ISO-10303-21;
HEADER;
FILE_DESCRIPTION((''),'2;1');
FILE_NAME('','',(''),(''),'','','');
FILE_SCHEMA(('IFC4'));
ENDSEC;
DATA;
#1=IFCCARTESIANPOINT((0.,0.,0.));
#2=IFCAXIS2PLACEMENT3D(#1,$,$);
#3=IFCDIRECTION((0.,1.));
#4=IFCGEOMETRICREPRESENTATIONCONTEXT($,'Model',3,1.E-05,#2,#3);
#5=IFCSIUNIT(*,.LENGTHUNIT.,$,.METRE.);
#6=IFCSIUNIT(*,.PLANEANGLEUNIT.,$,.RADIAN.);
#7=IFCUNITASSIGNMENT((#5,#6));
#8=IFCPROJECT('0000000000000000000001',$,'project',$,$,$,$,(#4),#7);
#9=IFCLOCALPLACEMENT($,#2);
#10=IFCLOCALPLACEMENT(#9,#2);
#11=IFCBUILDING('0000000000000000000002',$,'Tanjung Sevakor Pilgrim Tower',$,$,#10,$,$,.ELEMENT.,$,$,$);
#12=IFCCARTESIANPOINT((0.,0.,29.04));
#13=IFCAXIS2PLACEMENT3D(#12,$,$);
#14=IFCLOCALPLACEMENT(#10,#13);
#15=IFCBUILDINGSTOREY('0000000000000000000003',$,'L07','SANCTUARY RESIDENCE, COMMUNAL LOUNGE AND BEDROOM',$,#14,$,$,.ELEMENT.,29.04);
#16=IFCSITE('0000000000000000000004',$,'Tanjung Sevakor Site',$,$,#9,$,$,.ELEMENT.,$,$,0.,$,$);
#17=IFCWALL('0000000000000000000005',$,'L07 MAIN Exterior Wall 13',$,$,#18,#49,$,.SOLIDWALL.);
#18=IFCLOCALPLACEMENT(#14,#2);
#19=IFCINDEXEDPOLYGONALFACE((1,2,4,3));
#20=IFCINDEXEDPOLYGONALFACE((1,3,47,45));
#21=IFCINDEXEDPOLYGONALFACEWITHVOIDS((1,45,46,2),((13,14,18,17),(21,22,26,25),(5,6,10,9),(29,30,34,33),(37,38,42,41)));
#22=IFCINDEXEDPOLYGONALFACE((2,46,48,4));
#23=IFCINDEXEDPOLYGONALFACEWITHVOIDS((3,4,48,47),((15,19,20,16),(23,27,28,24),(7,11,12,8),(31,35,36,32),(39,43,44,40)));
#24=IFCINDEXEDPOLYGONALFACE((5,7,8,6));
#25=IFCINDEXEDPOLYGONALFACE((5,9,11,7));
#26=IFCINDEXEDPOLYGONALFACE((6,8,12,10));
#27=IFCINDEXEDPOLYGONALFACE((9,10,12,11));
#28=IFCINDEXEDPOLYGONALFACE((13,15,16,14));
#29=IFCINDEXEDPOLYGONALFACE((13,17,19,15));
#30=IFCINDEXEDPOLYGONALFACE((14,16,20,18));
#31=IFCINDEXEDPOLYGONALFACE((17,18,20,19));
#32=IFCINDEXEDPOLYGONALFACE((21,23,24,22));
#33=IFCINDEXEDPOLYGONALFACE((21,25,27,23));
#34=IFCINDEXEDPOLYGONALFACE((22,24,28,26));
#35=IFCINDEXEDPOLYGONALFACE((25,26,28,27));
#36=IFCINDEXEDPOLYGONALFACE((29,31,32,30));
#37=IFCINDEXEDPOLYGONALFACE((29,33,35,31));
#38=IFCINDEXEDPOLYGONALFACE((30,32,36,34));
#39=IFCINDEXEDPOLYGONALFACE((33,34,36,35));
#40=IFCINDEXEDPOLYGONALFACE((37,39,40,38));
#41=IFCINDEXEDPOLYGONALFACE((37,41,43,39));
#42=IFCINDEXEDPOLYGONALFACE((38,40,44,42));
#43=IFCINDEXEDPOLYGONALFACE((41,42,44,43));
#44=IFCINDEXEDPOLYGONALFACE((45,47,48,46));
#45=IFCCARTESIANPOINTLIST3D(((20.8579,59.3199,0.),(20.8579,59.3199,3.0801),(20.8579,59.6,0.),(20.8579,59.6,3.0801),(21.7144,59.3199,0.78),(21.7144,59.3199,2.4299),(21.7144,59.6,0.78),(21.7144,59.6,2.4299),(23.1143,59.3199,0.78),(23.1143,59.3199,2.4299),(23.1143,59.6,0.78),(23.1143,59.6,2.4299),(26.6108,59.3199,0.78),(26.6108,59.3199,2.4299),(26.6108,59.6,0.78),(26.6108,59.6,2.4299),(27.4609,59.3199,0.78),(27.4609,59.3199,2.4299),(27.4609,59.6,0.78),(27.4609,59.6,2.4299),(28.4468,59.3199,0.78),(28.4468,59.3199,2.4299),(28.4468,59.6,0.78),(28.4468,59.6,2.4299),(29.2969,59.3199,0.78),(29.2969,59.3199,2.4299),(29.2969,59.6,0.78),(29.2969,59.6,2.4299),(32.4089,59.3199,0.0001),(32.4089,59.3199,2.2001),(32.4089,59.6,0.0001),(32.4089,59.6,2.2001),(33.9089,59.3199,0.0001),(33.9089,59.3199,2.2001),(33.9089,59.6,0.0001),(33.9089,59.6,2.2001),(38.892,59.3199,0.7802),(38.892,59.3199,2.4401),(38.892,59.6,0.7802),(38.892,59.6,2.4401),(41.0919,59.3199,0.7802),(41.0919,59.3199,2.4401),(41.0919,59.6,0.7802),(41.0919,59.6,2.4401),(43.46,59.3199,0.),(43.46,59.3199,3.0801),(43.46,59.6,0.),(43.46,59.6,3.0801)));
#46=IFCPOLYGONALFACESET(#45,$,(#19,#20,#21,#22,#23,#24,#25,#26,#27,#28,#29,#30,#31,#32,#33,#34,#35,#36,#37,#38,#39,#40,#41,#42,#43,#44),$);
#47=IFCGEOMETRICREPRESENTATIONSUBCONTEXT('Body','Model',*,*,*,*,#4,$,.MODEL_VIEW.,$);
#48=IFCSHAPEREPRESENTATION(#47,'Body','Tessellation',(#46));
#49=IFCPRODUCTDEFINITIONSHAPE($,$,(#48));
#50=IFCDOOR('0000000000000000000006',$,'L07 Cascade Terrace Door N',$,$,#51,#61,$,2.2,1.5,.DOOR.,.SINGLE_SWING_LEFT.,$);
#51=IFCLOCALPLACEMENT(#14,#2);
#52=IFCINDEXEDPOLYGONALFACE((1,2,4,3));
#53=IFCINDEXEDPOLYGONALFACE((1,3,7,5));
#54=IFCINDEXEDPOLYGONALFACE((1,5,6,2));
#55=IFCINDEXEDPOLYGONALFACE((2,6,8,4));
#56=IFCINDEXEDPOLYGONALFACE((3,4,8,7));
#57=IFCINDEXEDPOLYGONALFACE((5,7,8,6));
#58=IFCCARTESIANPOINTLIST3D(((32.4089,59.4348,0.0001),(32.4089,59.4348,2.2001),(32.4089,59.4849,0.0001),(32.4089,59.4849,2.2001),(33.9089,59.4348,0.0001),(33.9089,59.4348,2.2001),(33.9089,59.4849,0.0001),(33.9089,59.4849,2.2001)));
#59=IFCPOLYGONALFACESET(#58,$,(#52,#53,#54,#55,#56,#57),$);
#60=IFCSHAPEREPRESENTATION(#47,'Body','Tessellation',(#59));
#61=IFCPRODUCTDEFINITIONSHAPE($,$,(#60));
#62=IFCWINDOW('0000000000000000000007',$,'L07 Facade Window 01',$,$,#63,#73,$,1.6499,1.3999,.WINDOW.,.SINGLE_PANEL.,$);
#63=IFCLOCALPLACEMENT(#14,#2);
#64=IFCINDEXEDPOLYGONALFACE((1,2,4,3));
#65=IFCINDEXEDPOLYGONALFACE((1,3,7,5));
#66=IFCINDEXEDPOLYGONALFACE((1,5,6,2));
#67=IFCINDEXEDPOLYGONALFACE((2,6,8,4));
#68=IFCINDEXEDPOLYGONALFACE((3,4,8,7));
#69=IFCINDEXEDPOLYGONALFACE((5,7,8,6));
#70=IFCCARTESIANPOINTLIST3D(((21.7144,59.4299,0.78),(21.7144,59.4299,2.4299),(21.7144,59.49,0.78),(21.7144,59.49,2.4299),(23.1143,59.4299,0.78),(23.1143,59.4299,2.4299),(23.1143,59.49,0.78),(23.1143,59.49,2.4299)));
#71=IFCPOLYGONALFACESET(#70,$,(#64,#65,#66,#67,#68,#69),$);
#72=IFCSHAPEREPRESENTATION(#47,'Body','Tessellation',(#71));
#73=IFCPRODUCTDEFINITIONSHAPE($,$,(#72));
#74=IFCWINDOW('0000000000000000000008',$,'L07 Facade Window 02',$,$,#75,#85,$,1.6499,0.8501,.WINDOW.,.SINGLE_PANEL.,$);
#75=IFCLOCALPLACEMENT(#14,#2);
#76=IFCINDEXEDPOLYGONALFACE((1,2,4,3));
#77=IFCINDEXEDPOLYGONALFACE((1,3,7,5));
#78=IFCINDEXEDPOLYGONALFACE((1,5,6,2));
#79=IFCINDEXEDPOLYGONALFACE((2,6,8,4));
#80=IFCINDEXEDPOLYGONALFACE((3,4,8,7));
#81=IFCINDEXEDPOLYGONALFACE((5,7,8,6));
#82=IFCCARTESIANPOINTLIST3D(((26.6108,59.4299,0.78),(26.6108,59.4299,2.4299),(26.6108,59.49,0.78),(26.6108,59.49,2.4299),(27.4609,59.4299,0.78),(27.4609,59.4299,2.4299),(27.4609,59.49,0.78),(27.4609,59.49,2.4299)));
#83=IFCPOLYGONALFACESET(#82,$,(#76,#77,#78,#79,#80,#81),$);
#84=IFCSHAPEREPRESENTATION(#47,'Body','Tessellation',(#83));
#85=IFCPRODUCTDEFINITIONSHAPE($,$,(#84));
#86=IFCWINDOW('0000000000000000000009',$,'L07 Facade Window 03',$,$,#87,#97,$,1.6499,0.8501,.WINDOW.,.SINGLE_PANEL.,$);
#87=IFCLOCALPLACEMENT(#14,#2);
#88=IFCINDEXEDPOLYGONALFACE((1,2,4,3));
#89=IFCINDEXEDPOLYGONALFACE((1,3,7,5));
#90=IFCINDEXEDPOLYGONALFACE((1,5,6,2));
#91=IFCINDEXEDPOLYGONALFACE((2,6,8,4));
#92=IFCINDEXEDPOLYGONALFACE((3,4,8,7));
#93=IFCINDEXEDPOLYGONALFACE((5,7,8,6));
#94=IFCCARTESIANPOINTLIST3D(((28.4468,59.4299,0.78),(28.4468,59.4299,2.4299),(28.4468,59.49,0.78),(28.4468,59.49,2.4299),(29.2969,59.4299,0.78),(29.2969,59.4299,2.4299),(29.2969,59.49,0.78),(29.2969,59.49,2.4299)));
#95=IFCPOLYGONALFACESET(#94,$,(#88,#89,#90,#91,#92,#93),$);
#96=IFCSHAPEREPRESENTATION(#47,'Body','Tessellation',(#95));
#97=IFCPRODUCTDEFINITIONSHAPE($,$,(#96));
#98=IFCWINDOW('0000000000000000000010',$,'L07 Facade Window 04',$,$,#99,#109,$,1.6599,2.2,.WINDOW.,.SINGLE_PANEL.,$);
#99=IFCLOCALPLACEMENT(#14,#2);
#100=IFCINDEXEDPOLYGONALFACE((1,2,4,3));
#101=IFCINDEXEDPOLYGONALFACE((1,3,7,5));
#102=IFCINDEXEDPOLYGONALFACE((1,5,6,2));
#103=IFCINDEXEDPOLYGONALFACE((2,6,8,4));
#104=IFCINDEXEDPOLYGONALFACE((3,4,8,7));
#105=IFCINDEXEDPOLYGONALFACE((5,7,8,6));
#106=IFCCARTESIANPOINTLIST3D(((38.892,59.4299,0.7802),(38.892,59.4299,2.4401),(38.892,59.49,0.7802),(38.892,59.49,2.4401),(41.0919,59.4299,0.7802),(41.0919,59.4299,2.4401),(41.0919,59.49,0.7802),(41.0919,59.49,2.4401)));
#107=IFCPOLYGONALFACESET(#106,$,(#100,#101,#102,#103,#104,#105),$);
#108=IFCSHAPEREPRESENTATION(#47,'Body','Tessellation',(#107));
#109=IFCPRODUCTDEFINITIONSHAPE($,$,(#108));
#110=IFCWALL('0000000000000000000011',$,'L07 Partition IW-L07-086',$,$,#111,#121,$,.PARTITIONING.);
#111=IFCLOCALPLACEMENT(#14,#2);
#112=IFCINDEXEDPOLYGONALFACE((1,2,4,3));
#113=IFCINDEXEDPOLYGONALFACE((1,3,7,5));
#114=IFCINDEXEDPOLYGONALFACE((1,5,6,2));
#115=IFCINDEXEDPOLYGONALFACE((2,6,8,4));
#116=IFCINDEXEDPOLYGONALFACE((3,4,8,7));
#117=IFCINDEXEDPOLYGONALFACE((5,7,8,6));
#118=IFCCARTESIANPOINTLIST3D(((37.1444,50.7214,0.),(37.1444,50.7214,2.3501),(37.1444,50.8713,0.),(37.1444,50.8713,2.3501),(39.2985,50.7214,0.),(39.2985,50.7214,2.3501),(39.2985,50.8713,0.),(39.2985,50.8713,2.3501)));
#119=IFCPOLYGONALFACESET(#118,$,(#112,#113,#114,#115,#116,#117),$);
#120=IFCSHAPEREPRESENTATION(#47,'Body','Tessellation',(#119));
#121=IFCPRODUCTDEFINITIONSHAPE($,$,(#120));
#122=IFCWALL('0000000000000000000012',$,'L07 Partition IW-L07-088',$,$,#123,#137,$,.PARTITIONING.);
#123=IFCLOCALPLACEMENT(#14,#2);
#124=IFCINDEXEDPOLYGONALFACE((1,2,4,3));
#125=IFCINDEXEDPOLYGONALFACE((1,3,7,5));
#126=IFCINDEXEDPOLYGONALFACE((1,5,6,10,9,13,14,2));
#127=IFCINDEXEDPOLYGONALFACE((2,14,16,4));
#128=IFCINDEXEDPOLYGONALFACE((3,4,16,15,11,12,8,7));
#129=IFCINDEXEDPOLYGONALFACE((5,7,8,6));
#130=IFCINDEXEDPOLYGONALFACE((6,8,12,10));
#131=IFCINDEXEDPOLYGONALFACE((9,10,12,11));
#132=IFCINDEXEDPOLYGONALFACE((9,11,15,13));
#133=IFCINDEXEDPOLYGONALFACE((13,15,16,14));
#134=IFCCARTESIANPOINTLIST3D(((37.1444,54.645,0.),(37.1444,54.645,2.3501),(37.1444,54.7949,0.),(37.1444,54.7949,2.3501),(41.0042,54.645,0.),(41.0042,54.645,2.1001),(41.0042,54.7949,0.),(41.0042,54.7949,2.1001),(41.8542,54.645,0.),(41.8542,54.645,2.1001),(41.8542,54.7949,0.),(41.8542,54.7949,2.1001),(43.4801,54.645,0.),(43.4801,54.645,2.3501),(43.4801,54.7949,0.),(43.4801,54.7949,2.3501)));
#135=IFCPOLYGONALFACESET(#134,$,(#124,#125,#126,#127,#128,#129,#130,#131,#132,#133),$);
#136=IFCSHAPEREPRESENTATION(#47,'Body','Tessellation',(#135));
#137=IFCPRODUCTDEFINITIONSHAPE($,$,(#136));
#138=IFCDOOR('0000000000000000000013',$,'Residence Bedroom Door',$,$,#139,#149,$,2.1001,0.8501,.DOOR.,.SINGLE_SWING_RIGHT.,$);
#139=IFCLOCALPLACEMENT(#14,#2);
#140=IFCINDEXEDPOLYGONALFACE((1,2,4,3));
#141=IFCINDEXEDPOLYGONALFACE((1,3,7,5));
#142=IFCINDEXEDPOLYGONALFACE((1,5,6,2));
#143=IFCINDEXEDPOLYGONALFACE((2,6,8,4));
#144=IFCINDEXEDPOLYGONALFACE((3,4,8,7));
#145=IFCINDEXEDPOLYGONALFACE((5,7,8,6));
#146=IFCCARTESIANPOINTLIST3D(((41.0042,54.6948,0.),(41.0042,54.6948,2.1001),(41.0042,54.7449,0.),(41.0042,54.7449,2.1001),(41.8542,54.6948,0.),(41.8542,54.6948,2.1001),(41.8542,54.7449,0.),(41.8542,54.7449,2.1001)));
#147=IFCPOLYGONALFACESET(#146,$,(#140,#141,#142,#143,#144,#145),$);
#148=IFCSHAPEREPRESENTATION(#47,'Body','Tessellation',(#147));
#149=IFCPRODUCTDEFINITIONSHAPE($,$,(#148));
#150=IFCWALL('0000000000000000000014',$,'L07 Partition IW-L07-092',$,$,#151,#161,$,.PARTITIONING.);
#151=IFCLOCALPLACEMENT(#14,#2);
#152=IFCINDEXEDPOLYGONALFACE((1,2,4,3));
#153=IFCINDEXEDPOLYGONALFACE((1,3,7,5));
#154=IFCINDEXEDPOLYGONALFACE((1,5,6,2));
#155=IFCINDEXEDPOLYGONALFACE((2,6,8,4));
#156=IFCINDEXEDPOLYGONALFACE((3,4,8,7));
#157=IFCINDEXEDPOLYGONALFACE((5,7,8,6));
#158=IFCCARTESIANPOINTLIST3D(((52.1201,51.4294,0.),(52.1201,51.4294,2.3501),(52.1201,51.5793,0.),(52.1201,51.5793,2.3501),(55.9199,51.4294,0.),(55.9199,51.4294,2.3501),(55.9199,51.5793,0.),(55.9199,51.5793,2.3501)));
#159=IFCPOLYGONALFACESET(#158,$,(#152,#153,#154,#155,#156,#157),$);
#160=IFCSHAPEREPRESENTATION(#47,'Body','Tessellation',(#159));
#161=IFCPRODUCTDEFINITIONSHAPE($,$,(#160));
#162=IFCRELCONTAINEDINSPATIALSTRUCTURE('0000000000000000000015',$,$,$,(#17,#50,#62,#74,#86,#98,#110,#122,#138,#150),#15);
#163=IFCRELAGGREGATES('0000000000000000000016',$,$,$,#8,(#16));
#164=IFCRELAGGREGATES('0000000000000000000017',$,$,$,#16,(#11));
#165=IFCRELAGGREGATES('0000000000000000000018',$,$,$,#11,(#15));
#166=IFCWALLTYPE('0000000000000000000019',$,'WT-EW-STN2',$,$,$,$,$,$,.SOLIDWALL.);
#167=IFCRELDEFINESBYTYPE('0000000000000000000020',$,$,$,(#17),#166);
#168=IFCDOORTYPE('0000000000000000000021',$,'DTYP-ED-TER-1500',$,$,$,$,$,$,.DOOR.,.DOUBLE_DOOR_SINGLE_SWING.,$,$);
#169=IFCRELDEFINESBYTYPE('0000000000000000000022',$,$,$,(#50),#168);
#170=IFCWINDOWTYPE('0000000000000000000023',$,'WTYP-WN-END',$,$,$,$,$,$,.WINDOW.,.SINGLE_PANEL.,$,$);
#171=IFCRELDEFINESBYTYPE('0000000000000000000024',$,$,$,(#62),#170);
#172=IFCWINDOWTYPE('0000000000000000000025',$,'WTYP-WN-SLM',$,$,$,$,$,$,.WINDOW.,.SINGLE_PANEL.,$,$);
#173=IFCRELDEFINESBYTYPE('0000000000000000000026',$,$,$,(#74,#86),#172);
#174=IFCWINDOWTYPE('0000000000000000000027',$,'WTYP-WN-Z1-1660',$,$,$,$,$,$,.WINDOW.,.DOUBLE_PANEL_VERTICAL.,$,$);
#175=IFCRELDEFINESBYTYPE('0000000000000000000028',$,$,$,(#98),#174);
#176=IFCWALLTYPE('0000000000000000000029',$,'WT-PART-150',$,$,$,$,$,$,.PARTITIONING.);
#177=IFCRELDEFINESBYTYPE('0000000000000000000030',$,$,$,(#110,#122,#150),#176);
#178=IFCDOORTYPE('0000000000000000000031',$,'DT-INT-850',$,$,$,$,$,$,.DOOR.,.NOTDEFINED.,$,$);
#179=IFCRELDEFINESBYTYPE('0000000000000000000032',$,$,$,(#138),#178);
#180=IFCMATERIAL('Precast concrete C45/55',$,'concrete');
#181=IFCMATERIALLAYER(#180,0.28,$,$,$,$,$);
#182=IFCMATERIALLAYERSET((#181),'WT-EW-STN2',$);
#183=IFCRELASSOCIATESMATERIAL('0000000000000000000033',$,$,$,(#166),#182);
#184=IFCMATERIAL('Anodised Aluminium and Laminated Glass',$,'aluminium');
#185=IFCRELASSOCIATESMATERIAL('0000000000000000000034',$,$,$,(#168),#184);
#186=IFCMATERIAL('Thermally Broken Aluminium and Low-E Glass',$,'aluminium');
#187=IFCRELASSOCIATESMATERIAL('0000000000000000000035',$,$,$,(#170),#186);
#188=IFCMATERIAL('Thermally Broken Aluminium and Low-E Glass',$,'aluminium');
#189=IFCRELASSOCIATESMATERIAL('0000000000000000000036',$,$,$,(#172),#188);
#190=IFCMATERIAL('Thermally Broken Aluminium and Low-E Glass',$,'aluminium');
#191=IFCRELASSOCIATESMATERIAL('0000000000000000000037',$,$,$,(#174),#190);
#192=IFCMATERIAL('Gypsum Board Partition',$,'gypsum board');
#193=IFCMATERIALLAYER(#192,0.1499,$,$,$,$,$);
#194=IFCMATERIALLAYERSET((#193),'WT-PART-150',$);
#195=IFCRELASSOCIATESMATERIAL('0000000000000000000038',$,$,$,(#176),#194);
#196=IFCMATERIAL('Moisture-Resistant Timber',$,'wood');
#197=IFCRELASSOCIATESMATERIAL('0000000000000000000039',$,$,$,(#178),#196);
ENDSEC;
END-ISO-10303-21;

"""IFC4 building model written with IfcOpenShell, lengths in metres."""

from ifc_helpers import new_model, si_unit, direction, frame, frame_2d, origin, place, context, subcontext, project, spatial, rectangle, extrude, material, layer, layer_set, type_object, element, fill, save


model = new_model("IFC4")

# Units and contexts
model_context = context("Model", 3, precision=1e-05, world=origin(), true_north=direction((0.0, 1.0)))
body_context = subcontext(model_context, "Body", "Model", "MODEL_VIEW")
ifc_project = project(units=[si_unit("LENGTHUNIT", "METRE"), si_unit("PLANEANGLEUNIT", "RADIAN")], contexts=[model_context])

# Site, building, storey
site_placement = place(None, origin())
site = spatial("IfcSite", under=ifc_project, at=site_placement, Name="Tanjung Sevakor Site", CompositionType="ELEMENT", RefElevation=0.0)
building_placement = place(site_placement, origin())
building = spatial("IfcBuilding", under=site, at=building_placement, Name="Tanjung Sevakor Pilgrim Tower", CompositionType="ELEMENT")
storey_placement = place(building_placement, frame((0.0, 0.0, 29.04)))
storey = spatial("IfcBuildingStorey", under=building, at=storey_placement, Name="L07", Description="SANCTUARY RESIDENCE, COMMUNAL LOUNGE AND BEDROOM", CompositionType="ELEMENT", Elevation=29.04)

# Shared definitions
ifc_material_1 = material(Name="Precast concrete C45/55", Category="concrete")
ifc_layer_1 = layer(ifc_material_1, 0.28)
ifc_layer_set_1 = layer_set([ifc_layer_1], Name="WT-EW-STN2")
wall_type_1 = type_object("IfcWallType", Name="WT-EW-STN2", PredefinedType="SOLIDWALL", material=ifc_layer_set_1)

# Wall, openings, door, windows
wall_1_placement = place(storey_placement, frame((43.46, 59.46, 0.0), z_axis=(0.0, 0.0, 1.0), x_axis=(-1.0, 0.0, 0.0)))
wall_1 = element("IfcWall", 1, at=wall_1_placement, inside=storey, type_object=wall_type_1, Name="L07 MAIN Exterior Wall 13", PredefinedType="SOLIDWALL", context=body_context, shape_type="SweptSolid", body=[
    extrude(rectangle(XDim=22.6021, YDim=0.28, at=frame_2d((11.301, 0.0))), origin(), (0.0, 0.0, 1.0), 3.0801),
])
opening_1_placement = place(wall_1_placement, frame((9.551, 0.0, 0.0)))
opening_1 = element("IfcOpeningElement", 2, at=opening_1_placement, cuts=wall_1, PredefinedType="OPENING", context=body_context, shape_type="SweptSolid", body=[
    extrude(rectangle(XDim=1.5, YDim=2.2, at=frame_2d((0.75, 1.1001))), frame((0.0, 0.1499, 0.0), z_axis=(0.0, -1.0, 0.0), x_axis=(1.0, 0.0, 0.0)), (0.0, 0.0, 1.0), 0.3),
])
opening_2_placement = place(wall_1_placement, frame((20.3457, 0.0, 0.78)))
opening_2 = element("IfcOpeningElement", 3, at=opening_2_placement, cuts=wall_1, PredefinedType="OPENING", context=body_context, shape_type="SweptSolid", body=[
    extrude(rectangle(XDim=1.3999, YDim=1.6499, at=frame_2d((0.7, 0.825))), frame((0.0, 0.1499, 0.0), z_axis=(0.0, -1.0, 0.0), x_axis=(1.0, 0.0, 0.0)), (0.0, 0.0, 1.0), 0.3),
])
opening_3_placement = place(wall_1_placement, frame((15.999, 0.0, 0.78)))
opening_3 = element("IfcOpeningElement", 4, at=opening_3_placement, cuts=wall_1, PredefinedType="OPENING", context=body_context, shape_type="SweptSolid", body=[
    extrude(rectangle(XDim=0.8501, YDim=1.6499, at=frame_2d((0.425, 0.825))), frame((0.0, 0.1499, 0.0), z_axis=(0.0, -1.0, 0.0), x_axis=(1.0, 0.0, 0.0)), (0.0, 0.0, 1.0), 0.3),
])
opening_4_placement = place(wall_1_placement, frame((14.1631, 0.0, 0.78)))
opening_4 = element("IfcOpeningElement", 5, at=opening_4_placement, cuts=wall_1, PredefinedType="OPENING", context=body_context, shape_type="SweptSolid", body=[
    extrude(rectangle(XDim=0.8501, YDim=1.6499, at=frame_2d((0.425, 0.825))), frame((0.0, 0.1499, 0.0), z_axis=(0.0, -1.0, 0.0), x_axis=(1.0, 0.0, 0.0)), (0.0, 0.0, 1.0), 0.3),
])
opening_5_placement = place(wall_1_placement, frame((2.3679, 0.0, 0.78)))
opening_5 = element("IfcOpeningElement", 6, at=opening_5_placement, cuts=wall_1, PredefinedType="OPENING", context=body_context, shape_type="SweptSolid", body=[
    extrude(rectangle(XDim=2.2, YDim=1.6599, at=frame_2d((1.1001, 0.8301))), frame((0.0, 0.1499, 0.0), z_axis=(0.0, -1.0, 0.0), x_axis=(1.0, 0.0, 0.0)), (0.0, 0.0, 1.0), 0.3),
])
ifc_material_2 = material(Name="Anodised Aluminium and Laminated Glass", Category="aluminium")
door_type_1 = type_object("IfcDoorType", Name="DTYP-ED-TER-1500", OperationType="DOUBLE_DOOR_SINGLE_SWING", PredefinedType="DOOR", material=ifc_material_2)
door_1_placement = place(opening_1_placement, frame((1.5, 0.0, 0.0), z_axis=(0.0, 0.0, 1.0), x_axis=(-1.0, 0.0, 0.0)))
door_1 = element("IfcDoor", 7, at=door_1_placement, inside=storey, type_object=door_type_1, Name="L07 Cascade Terrace Door N", OperationType="SINGLE_SWING_LEFT", OverallHeight=2.2, OverallWidth=1.5, PredefinedType="DOOR", context=body_context, shape_type="SweptSolid", body=[
    extrude(rectangle(XDim=1.5, YDim=2.2, at=frame_2d((0.75, 1.1001))), frame((0.0, 0.0249, 0.0), z_axis=(0.0, -1.0, 0.0), x_axis=(1.0, 0.0, 0.0)), (0.0, 0.0, 1.0), 0.05),
])
fill(opening_1, door_1)
ifc_material_3 = material(Name="Thermally Broken Aluminium and Low-E Glass", Category="aluminium")
window_type_1 = type_object("IfcWindowType", Name="WTYP-WN-END", PartitioningType="SINGLE_PANEL", PredefinedType="WINDOW", material=ifc_material_3)
window_1_placement = place(opening_2_placement, origin())
window_1 = element("IfcWindow", 8, at=window_1_placement, inside=storey, type_object=window_type_1, Name="L07 Facade Window 01", OverallHeight=1.6499, OverallWidth=1.3999, PartitioningType="SINGLE_PANEL", PredefinedType="WINDOW", context=body_context, shape_type="SweptSolid", body=[
    extrude(rectangle(XDim=1.3999, YDim=1.6499, at=frame_2d((0.7, 0.825))), frame((0.0, 0.03, 0.0), z_axis=(0.0, -1.0, 0.0), x_axis=(1.0, 0.0, 0.0)), (0.0, 0.0, 1.0), 0.0601),
])
fill(opening_2, window_1)
ifc_material_4 = material(Name="Thermally Broken Aluminium and Low-E Glass", Category="aluminium")
window_type_2 = type_object("IfcWindowType", Name="WTYP-WN-SLM", PartitioningType="SINGLE_PANEL", PredefinedType="WINDOW", material=ifc_material_4)
window_2_placement = place(opening_3_placement, origin())
window_2 = element("IfcWindow", 9, at=window_2_placement, inside=storey, type_object=window_type_2, Name="L07 Facade Window 02", OverallHeight=1.6499, OverallWidth=0.8501, PartitioningType="SINGLE_PANEL", PredefinedType="WINDOW", context=body_context, shape_type="SweptSolid", body=[
    extrude(rectangle(XDim=0.8501, YDim=1.6499, at=frame_2d((0.425, 0.825))), frame((0.0, 0.03, 0.0), z_axis=(0.0, -1.0, 0.0), x_axis=(1.0, 0.0, 0.0)), (0.0, 0.0, 1.0), 0.0601),
])
fill(opening_3, window_2)
window_3_placement = place(opening_4_placement, origin())
window_3 = element("IfcWindow", 10, at=window_3_placement, inside=storey, type_object=window_type_2, Name="L07 Facade Window 03", OverallHeight=1.6499, OverallWidth=0.8501, PartitioningType="SINGLE_PANEL", PredefinedType="WINDOW", context=body_context, shape_type="SweptSolid", body=[
    extrude(rectangle(XDim=0.8501, YDim=1.6499, at=frame_2d((0.425, 0.825))), frame((0.0, 0.03, 0.0), z_axis=(0.0, -1.0, 0.0), x_axis=(1.0, 0.0, 0.0)), (0.0, 0.0, 1.0), 0.0601),
])
fill(opening_4, window_3)
ifc_material_5 = material(Name="Thermally Broken Aluminium and Low-E Glass", Category="aluminium")
window_type_3 = type_object("IfcWindowType", Name="WTYP-WN-Z1-1660", PartitioningType="DOUBLE_PANEL_VERTICAL", PredefinedType="WINDOW", material=ifc_material_5)
window_4_placement = place(opening_5_placement, origin())
window_4 = element("IfcWindow", 11, at=window_4_placement, inside=storey, type_object=window_type_3, Name="L07 Facade Window 04", OverallHeight=1.6599, OverallWidth=2.2, PartitioningType="SINGLE_PANEL", PredefinedType="WINDOW", context=body_context, shape_type="SweptSolid", body=[
    extrude(rectangle(XDim=2.2, YDim=1.6599, at=frame_2d((1.1001, 0.8301))), frame((0.0, 0.03, 0.0), z_axis=(0.0, -1.0, 0.0), x_axis=(1.0, 0.0, 0.0)), (0.0, 0.0, 1.0), 0.0601),
])
fill(opening_5, window_4)

# Wall
ifc_material_6 = material(Name="Gypsum Board Partition", Category="gypsum board")
ifc_layer_2 = layer(ifc_material_6, 0.1499)
ifc_layer_set_2 = layer_set([ifc_layer_2], Name="WT-PART-150")
wall_type_2 = type_object("IfcWallType", Name="WT-PART-150", PredefinedType="PARTITIONING", material=ifc_layer_set_2)
wall_2_placement = place(storey_placement, frame((37.1443, 50.7964, 0.0), z_axis=(0.0, 0.0, 1.0), x_axis=(1.0, 0.0, 0.0)))
element("IfcWall", 12, at=wall_2_placement, inside=storey, type_object=wall_type_2, Name="L07 Partition IW-L07-086", PredefinedType="PARTITIONING", context=body_context, shape_type="SweptSolid", body=[
    extrude(rectangle(XDim=2.1541, YDim=0.1499, at=frame_2d((1.0771, 0.0))), origin(), (0.0, 0.0, 1.0), 2.3501),
])

# Wall, opening, door
wall_3_placement = place(storey_placement, frame((37.1443, 54.72, 0.0), z_axis=(0.0, 0.0, 1.0), x_axis=(1.0, 0.0, 0.0)))
wall_3 = element("IfcWall", 13, at=wall_3_placement, inside=storey, type_object=wall_type_2, Name="L07 Partition IW-L07-088", PredefinedType="PARTITIONING", context=body_context, shape_type="SweptSolid", body=[
    extrude(rectangle(XDim=6.3357, YDim=0.1499, at=frame_2d((3.168, 0.0))), origin(), (0.0, 0.0, 1.0), 2.3501),
])
opening_6_placement = place(wall_3_placement, frame((3.8599, 0.0, 0.0)))
opening_6 = element("IfcOpeningElement", 14, at=opening_6_placement, cuts=wall_3, PredefinedType="OPENING", context=body_context, shape_type="SweptSolid", body=[
    extrude(rectangle(XDim=0.8501, YDim=2.1001, at=frame_2d((0.425, 1.05))), frame((0.0, 0.085, 0.0), z_axis=(0.0, -1.0, 0.0), x_axis=(1.0, 0.0, 0.0)), (0.0, 0.0, 1.0), 0.1699),
])
ifc_material_7 = material(Name="Moisture-Resistant Timber", Category="wood")
door_type_2 = type_object("IfcDoorType", Name="DT-INT-850", OperationType="NOTDEFINED", PredefinedType="DOOR", material=ifc_material_7)
door_2_placement = place(opening_6_placement, origin())
door_2 = element("IfcDoor", 15, at=door_2_placement, inside=storey, type_object=door_type_2, Name="Residence Bedroom Door", OperationType="SINGLE_SWING_RIGHT", OverallHeight=2.1001, OverallWidth=0.8501, PredefinedType="DOOR", context=body_context, shape_type="SweptSolid", body=[
    extrude(rectangle(XDim=0.8501, YDim=2.1001, at=frame_2d((0.425, 1.05))), frame((0.0, 0.0249, 0.0), z_axis=(0.0, -1.0, 0.0), x_axis=(1.0, 0.0, 0.0)), (0.0, 0.0, 1.0), 0.05),
])
fill(opening_6, door_2)

# Wall
wall_4_placement = place(storey_placement, frame((52.1201, 51.5044, 0.0), z_axis=(0.0, 0.0, 1.0), x_axis=(1.0, 0.0, 0.0)))
element("IfcWall", 16, at=wall_4_placement, inside=storey, type_object=wall_type_2, Name="L07 Partition IW-L07-092", PredefinedType="PARTITIONING", context=body_context, shape_type="SweptSolid", body=[
    extrude(rectangle(XDim=3.7998, YDim=0.1499, at=frame_2d((1.8999, 0.0))), origin(), (0.0, 0.0, 1.0), 2.3501),
])

save(model, "model.ifc")
